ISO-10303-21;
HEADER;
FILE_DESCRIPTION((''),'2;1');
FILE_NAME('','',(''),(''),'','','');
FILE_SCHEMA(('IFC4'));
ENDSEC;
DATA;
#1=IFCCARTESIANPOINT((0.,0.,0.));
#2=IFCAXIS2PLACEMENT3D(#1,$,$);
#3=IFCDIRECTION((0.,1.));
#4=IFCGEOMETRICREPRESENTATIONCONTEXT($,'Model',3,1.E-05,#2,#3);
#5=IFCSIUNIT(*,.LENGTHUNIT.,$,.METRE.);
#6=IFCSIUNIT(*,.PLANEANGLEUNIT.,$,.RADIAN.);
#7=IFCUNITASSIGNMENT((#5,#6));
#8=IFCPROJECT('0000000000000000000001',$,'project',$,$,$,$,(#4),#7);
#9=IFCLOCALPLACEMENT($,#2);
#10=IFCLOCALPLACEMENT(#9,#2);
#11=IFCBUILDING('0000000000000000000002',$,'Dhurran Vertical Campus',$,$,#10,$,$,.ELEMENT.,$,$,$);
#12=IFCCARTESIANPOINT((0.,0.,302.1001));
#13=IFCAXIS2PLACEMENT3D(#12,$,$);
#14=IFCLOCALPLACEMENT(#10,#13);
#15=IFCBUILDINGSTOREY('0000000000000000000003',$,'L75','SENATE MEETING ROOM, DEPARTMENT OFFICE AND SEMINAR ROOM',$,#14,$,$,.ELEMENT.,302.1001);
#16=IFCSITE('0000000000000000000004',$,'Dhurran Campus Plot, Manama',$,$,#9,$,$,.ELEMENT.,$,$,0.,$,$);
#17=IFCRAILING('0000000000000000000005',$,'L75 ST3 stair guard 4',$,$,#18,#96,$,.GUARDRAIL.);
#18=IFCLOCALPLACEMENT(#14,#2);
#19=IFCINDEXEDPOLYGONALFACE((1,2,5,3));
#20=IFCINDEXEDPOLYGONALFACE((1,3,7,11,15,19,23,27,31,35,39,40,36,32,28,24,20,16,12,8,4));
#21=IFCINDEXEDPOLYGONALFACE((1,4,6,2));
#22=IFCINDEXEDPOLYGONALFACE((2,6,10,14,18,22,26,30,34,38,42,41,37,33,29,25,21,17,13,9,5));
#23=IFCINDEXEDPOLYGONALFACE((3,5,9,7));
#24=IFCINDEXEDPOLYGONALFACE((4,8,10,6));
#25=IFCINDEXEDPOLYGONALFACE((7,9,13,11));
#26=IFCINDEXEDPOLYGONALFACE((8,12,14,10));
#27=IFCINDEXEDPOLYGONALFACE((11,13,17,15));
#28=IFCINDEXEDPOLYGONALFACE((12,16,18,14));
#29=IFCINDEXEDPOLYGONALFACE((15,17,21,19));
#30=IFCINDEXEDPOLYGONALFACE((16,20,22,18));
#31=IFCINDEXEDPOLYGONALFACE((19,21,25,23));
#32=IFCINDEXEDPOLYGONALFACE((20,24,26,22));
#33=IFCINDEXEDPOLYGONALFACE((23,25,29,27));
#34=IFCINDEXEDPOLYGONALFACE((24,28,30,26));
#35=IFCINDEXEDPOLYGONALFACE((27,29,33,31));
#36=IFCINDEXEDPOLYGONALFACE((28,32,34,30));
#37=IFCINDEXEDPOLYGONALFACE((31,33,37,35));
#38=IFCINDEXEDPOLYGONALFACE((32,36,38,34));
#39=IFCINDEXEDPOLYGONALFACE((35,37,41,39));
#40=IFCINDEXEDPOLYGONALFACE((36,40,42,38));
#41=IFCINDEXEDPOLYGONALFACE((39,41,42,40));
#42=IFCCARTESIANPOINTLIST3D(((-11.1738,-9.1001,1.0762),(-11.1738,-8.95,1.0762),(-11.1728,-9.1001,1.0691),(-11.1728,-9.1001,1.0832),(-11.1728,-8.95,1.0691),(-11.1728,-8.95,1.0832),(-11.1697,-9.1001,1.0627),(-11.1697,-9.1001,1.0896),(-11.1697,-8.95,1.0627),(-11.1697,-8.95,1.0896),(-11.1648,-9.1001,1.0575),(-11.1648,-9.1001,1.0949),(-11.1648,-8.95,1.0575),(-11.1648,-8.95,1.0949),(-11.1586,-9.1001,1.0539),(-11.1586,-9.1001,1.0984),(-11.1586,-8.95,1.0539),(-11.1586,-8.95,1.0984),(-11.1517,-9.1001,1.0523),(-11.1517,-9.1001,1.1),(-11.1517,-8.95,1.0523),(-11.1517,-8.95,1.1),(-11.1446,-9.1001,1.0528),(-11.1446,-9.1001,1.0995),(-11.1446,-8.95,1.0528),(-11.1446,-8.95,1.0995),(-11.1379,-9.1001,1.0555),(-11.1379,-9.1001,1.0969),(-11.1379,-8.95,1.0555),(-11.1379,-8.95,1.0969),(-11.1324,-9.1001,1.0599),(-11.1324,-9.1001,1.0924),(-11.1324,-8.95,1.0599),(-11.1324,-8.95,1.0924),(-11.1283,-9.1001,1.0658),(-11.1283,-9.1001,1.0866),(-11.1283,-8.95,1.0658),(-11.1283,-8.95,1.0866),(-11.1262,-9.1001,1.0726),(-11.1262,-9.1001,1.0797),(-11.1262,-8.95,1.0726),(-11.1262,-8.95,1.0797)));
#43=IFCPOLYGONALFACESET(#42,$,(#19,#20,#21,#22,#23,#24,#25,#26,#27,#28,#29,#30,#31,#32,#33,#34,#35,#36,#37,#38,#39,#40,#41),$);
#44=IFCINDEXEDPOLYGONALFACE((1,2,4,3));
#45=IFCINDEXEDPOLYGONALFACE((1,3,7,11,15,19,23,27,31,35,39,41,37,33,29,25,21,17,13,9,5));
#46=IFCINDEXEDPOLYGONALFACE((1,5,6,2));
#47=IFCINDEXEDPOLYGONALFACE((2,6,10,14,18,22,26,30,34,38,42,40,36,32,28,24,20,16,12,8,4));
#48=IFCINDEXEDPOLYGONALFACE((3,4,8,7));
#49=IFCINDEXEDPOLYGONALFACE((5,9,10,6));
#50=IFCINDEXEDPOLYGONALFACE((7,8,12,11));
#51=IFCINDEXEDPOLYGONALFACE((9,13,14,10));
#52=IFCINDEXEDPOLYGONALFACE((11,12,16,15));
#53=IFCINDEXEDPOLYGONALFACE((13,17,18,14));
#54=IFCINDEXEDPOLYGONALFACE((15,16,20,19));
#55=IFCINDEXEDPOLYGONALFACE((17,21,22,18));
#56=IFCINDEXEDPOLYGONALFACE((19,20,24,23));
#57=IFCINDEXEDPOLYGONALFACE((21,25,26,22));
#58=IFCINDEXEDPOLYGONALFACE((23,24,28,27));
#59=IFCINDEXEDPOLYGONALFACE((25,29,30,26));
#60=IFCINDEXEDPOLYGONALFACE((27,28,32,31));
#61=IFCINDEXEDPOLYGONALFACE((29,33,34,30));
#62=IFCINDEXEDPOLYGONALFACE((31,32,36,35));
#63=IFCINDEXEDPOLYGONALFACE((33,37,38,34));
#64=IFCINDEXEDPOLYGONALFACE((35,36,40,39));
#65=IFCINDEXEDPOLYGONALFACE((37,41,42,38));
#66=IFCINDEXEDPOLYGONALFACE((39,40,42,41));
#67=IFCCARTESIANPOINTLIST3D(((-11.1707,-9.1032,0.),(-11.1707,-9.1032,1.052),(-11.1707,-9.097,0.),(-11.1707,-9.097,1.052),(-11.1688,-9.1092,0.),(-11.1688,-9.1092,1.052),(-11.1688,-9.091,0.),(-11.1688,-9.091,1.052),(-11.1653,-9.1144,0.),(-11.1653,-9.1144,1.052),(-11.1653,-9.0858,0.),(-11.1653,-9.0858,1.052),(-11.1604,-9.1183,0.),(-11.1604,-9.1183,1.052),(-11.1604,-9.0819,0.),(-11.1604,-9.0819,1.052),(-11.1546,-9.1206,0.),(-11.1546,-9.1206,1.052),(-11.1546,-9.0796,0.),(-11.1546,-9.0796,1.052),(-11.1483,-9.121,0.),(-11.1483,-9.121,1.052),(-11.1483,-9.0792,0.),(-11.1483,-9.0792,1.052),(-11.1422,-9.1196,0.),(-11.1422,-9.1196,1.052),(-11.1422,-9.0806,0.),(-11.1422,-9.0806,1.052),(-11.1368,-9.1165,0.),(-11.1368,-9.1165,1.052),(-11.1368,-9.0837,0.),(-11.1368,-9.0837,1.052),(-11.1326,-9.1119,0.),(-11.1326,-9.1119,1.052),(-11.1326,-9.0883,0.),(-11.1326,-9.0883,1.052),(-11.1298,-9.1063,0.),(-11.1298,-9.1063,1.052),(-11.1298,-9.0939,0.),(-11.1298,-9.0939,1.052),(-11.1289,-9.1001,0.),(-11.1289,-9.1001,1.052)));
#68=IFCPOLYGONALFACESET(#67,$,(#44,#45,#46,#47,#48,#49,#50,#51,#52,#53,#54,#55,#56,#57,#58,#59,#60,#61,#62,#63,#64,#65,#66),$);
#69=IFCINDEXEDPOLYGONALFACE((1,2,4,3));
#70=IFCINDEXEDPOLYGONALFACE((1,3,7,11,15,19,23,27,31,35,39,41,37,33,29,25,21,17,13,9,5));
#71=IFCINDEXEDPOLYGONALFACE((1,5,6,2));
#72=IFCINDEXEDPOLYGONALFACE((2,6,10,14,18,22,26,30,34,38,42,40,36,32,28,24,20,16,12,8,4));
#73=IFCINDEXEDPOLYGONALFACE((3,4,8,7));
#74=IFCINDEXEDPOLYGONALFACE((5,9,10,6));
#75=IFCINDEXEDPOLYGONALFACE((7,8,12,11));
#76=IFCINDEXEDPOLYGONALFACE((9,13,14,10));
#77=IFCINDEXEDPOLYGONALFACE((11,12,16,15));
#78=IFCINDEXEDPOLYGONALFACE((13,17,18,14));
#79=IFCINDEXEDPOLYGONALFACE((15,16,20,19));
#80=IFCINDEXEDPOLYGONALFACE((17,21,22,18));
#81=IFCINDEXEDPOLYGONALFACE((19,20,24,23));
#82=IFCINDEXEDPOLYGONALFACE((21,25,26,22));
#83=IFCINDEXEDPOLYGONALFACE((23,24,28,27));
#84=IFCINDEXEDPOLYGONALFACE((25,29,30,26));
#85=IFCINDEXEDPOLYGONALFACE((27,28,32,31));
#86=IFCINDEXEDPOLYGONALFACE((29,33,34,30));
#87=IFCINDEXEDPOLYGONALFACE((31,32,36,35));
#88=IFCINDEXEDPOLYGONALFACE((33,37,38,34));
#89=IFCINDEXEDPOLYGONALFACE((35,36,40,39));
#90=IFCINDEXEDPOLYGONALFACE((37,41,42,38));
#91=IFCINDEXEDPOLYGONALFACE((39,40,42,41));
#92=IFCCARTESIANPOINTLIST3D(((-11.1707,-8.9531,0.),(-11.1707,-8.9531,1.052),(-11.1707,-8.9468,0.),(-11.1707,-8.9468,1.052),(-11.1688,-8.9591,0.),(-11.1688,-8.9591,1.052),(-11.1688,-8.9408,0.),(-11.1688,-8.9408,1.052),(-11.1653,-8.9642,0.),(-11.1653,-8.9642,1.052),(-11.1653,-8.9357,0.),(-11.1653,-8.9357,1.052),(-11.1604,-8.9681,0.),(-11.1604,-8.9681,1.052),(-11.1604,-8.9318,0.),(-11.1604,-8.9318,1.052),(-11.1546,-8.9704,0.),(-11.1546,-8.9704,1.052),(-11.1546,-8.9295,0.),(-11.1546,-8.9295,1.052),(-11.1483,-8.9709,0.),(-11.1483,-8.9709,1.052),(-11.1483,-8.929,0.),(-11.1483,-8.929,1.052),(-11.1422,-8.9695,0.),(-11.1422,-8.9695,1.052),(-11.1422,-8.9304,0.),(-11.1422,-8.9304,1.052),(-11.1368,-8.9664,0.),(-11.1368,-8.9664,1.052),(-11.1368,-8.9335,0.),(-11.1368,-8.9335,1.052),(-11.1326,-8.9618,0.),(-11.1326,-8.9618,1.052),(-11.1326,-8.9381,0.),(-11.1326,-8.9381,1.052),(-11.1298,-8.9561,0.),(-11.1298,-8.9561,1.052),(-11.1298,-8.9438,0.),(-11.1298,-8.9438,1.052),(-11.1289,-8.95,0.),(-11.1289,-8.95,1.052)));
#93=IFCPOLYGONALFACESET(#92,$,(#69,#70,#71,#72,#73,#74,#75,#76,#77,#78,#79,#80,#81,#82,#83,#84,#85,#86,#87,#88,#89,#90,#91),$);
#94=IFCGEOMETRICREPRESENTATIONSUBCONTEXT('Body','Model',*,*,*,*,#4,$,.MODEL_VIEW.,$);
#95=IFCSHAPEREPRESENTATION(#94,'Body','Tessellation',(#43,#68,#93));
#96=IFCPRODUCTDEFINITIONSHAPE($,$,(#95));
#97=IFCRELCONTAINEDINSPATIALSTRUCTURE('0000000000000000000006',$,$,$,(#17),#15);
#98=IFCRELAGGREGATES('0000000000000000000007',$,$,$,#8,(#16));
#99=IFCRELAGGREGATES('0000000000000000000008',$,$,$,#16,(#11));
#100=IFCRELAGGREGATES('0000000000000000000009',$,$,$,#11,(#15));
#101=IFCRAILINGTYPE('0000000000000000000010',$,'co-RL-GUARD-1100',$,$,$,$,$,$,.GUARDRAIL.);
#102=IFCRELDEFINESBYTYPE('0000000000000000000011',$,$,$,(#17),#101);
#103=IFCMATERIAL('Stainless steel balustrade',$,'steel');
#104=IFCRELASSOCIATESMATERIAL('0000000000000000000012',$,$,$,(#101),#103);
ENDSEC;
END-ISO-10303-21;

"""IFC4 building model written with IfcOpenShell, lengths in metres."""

from ifc_helpers import new_model, si_unit, direction, frame, origin, origin_2d, place, context, subcontext, project, spatial, circle, extrude, material, type_object, element, save


model = new_model("IFC4")

# Units and contexts
model_context = context("Model", 3, precision=1e-05, world=origin(), true_north=direction((0.0, 1.0)))
body_context = subcontext(model_context, "Body", "Model", "MODEL_VIEW")
ifc_project = project(units=[si_unit("LENGTHUNIT", "METRE"), si_unit("PLANEANGLEUNIT", "RADIAN")], contexts=[model_context])

# Site, building, storey
site_placement = place(None, origin())
site = spatial("IfcSite", under=ifc_project, at=site_placement, Name="Dhurran Campus Plot, Manama", CompositionType="ELEMENT", RefElevation=0.0)
building_placement = place(site_placement, origin())
building = spatial("IfcBuilding", under=site, at=building_placement, Name="Dhurran Vertical Campus", CompositionType="ELEMENT")
storey_placement = place(building_placement, frame((0.0, 0.0, 302.1001)))
storey = spatial("IfcBuildingStorey", under=building, at=storey_placement, Name="L75", Description="SENATE MEETING ROOM, DEPARTMENT OFFICE AND SEMINAR ROOM", CompositionType="ELEMENT", Elevation=302.1001)

# Railing
ifc_material_1 = material(Name="Stainless steel balustrade", Category="steel")
railing_type_1 = type_object("IfcRailingType", Name="co-RL-GUARD-1100", PredefinedType="GUARDRAIL", material=ifc_material_1)
railing_1_placement = place(storey_placement, frame((-11.1499, -9.1001, 0.0)))
element("IfcRailing", 1, at=railing_1_placement, inside=storey, type_object=railing_type_1, Name="L75 ST3 stair guard 4", PredefinedType="GUARDRAIL", context=body_context, shape_type="SweptSolid", body=[
    extrude(circle(Radius=0.0239, at=origin_2d()), frame((0.0, 0.0, 1.0762), z_axis=(0.0, 1.0, 0.0), x_axis=(-1.0, 0.0, 0.0)), (0.0, 0.0, 1.0), 0.1501),
    extrude(circle(Radius=0.021, at=origin_2d()), origin(), (0.0, 0.0, 1.0), 1.052),
    extrude(circle(Radius=0.021, at=origin_2d()), frame((0.0, 0.1501, 0.0)), (0.0, 0.0, 1.0), 1.052),
])

save(model, "model.ifc")
